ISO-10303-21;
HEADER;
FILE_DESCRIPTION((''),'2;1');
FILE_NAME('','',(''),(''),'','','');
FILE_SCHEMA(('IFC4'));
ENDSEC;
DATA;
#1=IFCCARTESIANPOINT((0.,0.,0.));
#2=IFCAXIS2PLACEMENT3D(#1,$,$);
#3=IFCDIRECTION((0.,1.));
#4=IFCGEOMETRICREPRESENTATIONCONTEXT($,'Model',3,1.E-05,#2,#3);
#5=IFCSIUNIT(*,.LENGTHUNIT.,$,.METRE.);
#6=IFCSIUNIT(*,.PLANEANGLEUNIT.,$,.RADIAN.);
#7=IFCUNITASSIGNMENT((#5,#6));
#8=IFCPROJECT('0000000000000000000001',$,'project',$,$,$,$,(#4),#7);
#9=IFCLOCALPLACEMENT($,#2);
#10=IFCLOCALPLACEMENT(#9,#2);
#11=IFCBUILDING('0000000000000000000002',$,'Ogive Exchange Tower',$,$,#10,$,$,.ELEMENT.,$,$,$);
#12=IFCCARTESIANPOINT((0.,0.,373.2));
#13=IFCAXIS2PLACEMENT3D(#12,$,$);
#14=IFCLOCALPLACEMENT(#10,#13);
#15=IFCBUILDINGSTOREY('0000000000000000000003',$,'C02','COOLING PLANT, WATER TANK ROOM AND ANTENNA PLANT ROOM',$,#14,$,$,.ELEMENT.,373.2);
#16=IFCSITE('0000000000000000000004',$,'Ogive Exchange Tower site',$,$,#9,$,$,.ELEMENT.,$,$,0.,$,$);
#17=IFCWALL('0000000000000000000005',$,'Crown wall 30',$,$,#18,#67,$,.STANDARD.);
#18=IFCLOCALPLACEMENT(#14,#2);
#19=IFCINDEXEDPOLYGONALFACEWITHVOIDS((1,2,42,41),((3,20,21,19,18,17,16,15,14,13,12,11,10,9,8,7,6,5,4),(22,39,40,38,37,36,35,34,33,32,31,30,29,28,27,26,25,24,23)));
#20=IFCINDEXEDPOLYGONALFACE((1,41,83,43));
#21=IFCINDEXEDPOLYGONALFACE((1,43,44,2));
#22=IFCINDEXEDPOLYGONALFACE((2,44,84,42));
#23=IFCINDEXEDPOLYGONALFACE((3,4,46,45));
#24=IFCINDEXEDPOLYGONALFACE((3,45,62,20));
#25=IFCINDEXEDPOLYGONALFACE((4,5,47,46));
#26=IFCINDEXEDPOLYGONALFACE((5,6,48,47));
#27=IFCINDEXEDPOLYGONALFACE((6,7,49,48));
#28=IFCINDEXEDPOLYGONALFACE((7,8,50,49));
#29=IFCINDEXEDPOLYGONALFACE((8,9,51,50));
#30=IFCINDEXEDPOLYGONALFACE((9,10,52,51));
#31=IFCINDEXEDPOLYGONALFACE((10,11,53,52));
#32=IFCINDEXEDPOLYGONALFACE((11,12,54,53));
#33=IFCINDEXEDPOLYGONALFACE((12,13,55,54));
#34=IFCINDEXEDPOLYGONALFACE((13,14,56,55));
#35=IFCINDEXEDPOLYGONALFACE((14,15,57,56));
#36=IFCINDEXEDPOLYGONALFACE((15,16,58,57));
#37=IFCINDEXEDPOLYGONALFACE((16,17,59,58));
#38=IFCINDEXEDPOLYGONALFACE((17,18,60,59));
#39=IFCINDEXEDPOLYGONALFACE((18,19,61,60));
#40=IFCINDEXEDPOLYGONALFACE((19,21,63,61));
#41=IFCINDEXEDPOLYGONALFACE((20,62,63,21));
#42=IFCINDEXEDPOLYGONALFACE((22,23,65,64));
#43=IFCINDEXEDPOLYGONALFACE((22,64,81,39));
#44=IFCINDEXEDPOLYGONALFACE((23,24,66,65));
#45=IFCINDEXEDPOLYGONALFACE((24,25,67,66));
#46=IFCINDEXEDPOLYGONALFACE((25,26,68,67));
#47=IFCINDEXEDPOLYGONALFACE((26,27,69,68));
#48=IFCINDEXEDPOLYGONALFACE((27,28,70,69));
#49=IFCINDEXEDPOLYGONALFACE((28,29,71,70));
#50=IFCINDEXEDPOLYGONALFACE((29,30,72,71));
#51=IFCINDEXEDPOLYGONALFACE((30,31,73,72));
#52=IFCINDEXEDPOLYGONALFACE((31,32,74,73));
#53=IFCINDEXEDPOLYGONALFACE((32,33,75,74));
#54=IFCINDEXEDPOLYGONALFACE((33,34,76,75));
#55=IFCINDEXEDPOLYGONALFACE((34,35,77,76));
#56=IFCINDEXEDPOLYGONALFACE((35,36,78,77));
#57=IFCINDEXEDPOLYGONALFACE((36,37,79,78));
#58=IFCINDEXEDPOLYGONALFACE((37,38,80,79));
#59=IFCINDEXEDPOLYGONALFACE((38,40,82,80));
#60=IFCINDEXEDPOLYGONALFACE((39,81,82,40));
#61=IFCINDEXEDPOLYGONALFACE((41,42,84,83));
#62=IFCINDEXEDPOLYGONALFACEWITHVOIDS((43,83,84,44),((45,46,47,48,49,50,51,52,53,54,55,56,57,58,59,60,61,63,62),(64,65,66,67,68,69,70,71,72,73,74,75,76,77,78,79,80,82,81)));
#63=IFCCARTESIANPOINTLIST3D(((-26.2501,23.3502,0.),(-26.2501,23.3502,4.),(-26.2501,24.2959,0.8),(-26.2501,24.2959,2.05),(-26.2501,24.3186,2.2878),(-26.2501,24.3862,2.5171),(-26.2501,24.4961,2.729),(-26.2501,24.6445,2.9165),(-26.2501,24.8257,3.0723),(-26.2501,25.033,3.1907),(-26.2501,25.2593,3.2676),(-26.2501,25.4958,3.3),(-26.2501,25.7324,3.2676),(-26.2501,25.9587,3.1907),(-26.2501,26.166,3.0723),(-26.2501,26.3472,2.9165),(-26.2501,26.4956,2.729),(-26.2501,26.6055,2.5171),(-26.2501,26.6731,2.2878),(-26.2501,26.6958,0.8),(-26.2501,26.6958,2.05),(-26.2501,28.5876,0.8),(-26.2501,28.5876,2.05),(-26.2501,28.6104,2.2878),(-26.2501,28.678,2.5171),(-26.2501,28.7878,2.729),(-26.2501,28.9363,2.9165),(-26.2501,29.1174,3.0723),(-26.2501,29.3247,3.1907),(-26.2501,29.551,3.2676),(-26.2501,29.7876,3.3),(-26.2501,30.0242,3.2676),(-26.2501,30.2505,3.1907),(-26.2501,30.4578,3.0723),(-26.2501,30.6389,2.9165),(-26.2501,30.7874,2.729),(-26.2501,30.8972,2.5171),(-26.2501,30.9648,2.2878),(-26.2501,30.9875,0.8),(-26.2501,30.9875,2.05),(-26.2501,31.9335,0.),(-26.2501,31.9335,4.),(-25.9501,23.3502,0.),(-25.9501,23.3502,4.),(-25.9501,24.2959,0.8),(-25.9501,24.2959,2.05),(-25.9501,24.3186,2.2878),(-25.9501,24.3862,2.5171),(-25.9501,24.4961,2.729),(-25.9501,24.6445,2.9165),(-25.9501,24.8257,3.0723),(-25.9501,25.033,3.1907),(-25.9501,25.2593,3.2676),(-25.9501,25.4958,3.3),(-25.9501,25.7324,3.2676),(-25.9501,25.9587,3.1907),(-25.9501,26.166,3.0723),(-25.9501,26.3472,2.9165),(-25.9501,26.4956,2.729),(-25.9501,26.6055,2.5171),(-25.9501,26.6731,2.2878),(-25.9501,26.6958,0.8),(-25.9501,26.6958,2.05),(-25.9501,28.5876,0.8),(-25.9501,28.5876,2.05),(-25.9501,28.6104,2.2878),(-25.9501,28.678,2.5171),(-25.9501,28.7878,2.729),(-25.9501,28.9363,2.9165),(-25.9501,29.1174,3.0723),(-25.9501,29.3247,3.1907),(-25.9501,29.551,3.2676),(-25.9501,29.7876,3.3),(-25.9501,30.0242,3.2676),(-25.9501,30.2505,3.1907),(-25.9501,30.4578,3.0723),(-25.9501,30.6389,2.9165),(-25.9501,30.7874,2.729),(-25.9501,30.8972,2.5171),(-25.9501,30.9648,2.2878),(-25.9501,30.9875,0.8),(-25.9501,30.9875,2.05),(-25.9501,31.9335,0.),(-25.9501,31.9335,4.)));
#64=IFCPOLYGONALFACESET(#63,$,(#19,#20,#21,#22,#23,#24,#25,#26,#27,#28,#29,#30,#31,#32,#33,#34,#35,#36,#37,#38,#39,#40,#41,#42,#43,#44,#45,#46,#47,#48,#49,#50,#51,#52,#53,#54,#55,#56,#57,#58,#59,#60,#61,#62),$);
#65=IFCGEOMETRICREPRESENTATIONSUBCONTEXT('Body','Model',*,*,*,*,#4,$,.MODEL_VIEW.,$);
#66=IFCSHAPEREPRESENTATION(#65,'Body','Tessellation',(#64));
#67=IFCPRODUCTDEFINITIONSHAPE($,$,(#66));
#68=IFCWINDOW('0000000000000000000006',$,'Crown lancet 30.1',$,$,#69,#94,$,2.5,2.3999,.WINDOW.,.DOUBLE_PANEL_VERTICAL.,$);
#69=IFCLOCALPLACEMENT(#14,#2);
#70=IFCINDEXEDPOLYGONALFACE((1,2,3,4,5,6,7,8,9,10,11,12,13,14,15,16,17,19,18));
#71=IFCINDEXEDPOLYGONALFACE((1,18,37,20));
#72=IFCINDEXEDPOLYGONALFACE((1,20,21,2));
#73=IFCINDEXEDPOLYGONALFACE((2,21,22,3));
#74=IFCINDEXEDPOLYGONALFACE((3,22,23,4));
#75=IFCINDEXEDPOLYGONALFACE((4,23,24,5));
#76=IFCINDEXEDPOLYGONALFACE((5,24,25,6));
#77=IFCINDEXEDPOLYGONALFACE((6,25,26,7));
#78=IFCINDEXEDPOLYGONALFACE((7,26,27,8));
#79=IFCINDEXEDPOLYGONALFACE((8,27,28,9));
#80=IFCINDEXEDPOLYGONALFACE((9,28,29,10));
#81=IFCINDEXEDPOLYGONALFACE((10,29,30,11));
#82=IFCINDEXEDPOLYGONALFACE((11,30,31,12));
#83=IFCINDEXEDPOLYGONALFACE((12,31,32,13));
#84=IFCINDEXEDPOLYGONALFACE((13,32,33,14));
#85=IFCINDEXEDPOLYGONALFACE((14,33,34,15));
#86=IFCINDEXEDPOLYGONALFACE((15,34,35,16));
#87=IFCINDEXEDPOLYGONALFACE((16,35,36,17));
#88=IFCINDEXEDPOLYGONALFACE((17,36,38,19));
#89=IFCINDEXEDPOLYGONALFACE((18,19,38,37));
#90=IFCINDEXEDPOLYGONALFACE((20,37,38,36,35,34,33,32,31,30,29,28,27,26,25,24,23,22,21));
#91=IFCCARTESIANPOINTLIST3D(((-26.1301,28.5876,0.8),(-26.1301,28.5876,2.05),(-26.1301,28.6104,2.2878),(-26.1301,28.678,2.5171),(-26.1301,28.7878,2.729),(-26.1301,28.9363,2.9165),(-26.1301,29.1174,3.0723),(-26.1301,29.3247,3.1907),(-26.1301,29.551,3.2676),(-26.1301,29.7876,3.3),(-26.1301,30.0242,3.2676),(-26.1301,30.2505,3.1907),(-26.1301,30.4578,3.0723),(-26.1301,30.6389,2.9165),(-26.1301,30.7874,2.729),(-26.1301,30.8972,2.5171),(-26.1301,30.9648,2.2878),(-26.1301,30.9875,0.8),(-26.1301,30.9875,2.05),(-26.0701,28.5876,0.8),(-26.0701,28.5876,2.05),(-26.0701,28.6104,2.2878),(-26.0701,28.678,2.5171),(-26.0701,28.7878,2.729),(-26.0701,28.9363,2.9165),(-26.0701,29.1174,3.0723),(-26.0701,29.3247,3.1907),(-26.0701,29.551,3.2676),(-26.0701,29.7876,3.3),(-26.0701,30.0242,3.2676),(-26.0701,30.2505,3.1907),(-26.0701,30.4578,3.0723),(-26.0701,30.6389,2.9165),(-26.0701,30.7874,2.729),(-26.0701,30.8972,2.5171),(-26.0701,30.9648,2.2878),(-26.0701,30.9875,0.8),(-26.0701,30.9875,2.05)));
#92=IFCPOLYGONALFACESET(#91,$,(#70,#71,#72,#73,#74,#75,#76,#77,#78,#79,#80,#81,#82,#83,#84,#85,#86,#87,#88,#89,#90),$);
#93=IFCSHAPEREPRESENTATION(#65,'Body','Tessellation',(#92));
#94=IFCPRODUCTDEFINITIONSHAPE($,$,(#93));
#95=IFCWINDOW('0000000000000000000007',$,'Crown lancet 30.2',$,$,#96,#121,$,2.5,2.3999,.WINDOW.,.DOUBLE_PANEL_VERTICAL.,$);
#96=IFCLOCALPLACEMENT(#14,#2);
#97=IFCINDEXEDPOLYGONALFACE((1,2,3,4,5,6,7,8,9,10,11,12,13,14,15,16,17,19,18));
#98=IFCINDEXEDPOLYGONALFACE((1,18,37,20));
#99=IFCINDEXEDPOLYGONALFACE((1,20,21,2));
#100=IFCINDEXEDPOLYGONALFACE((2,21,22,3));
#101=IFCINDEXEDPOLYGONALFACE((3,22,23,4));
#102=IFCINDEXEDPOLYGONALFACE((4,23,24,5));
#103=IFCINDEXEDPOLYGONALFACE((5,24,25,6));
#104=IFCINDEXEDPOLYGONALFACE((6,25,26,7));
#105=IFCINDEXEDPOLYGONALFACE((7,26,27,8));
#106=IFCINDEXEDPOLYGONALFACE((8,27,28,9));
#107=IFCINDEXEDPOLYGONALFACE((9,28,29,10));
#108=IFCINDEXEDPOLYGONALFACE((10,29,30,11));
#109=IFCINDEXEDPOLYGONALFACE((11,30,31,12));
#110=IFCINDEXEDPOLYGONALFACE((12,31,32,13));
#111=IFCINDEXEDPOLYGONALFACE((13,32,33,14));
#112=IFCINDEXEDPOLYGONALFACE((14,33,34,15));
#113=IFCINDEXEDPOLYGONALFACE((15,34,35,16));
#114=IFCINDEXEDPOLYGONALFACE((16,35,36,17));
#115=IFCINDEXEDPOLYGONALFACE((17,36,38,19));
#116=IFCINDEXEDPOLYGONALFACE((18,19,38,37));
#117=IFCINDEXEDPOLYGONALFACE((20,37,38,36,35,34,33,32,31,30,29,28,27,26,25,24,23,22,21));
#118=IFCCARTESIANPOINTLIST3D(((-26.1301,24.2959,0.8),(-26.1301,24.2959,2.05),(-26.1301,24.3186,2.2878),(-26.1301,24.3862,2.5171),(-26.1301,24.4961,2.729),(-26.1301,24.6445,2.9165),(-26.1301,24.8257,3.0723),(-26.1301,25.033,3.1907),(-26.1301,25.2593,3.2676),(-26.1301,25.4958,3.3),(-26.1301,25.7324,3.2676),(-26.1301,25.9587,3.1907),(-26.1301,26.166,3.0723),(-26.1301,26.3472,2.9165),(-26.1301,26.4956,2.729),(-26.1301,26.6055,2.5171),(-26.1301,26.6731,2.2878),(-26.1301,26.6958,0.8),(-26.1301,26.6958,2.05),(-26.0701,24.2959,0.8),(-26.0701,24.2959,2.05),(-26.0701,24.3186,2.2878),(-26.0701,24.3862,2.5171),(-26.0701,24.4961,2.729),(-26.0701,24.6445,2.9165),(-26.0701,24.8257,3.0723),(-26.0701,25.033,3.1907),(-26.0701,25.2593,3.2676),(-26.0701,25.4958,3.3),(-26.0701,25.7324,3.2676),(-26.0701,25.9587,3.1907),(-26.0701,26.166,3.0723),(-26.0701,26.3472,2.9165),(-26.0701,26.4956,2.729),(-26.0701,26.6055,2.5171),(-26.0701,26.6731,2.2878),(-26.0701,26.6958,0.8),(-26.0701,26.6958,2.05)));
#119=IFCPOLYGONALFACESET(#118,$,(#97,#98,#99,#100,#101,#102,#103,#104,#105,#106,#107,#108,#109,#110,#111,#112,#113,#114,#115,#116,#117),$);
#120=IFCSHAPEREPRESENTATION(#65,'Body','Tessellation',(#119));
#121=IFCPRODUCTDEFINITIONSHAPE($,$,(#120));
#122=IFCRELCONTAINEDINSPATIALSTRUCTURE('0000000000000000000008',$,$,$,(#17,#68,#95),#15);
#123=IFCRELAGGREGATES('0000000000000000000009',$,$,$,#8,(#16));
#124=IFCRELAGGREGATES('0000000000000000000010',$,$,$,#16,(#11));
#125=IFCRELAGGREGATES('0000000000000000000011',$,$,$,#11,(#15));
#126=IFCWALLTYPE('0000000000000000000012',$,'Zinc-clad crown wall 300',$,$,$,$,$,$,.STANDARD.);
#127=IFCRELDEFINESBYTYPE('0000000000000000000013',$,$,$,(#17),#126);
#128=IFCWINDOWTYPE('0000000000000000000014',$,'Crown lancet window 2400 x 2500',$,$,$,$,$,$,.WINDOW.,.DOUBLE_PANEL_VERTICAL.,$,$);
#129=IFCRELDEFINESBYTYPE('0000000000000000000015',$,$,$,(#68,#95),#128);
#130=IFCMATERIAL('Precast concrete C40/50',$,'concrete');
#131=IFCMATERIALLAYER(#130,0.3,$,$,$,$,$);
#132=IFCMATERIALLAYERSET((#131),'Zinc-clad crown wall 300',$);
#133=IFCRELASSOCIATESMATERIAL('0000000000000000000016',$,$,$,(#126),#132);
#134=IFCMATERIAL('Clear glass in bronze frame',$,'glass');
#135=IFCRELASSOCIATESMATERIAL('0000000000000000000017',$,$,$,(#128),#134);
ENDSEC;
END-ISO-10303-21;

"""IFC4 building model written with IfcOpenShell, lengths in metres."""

from ifc_helpers import new_model, si_unit, direction, frame, frame_2d, origin, place, context, subcontext, project, spatial, polyline, rectangle, outline, extrude, material, layer, layer_set, type_object, element, fill, save


model = new_model("IFC4")

# Units and contexts
model_context = context("Model", 3, precision=1e-05, world=origin(), true_north=direction((0.0, 1.0)))
body_context = subcontext(model_context, "Body", "Model", "MODEL_VIEW")
ifc_project = project(units=[si_unit("LENGTHUNIT", "METRE"), si_unit("PLANEANGLEUNIT", "RADIAN")], contexts=[model_context])

# Site, building, storey
site_placement = place(None, origin())
site = spatial("IfcSite", under=ifc_project, at=site_placement, Name="Ogive Exchange Tower site", CompositionType="ELEMENT", RefElevation=0.0)
building_placement = place(site_placement, origin())
building = spatial("IfcBuilding", under=site, at=building_placement, Name="Ogive Exchange Tower", CompositionType="ELEMENT")
storey_placement = place(building_placement, frame((0.0, 0.0, 373.2)))
storey = spatial("IfcBuildingStorey", under=building, at=storey_placement, Name="C02", Description="COOLING PLANT, WATER TANK ROOM AND ANTENNA PLANT ROOM", CompositionType="ELEMENT", Elevation=373.2)

# Shared definitions
ifc_material_1 = material(Name="Precast concrete C40/50", Category="concrete")

# Wall, openings, windows
ifc_layer_1 = layer(ifc_material_1, 0.3)
ifc_layer_set_1 = layer_set([ifc_layer_1], Name="Zinc-clad crown wall 300")
wall_type_1 = type_object("IfcWallType", Name="Zinc-clad crown wall 300", PredefinedType="STANDARD", material=ifc_layer_set_1)
ifc_material_2 = material(Name="Clear glass in bronze frame", Category="glass")
window_type = type_object("IfcWindowType", Name="Crown lancet window 2400 x 2500", PartitioningType="DOUBLE_PANEL_VERTICAL", PredefinedType="WINDOW", material=ifc_material_2)
wall_1_placement = place(storey_placement, frame((-26.1001, 31.9333, 0.0), z_axis=(0.0, 0.0, 1.0), x_axis=(0.0, -1.0, 0.0)))
wall_1 = element("IfcWall", 1, at=wall_1_placement, inside=storey, type_object=wall_type_1, Name="Crown wall 30", PredefinedType="STANDARD", context=body_context, shape_type="SweptSolid", body=[
    extrude(rectangle(XDim=8.5833, YDim=0.3, at=frame_2d((4.2915, 0.0))), origin(), (0.0, 0.0, 1.0), 4.0),
])
opening_1_placement = place(wall_1_placement, frame((0.9458, 0.0, 0.8)))
opening_1 = element("IfcOpeningElement", 2, at=opening_1_placement, cuts=wall_1, PredefinedType="OPENING", context=body_context, shape_type="SweptSolid", body=[
    extrude(outline(polyline([(0.0, 0.0), (2.3999, 0.0), (2.3999, 1.25), (2.3772, 1.4878), (2.3096, 1.717), (2.1997, 1.929), (2.0513, 2.1165), (1.8701, 2.2722), (1.6628, 2.3906), (1.4365, 2.4675), (1.2, 2.5), (0.9634, 2.4675), (0.7371, 2.3906), (0.5298, 2.2722), (0.3486, 2.1165), (0.2002, 1.929), (0.0903, 1.717), (0.0227, 1.4878), (0.0, 1.25), (0.0, 0.0)])), frame((0.0, 0.1599, 0.0), z_axis=(0.0, -1.0, 0.0), x_axis=(1.0, 0.0, 0.0)), (0.0, 0.0, 1.0), 0.3201),
])
opening_2_placement = place(wall_1_placement, frame((5.2375, 0.0, 0.8)))
opening_2 = element("IfcOpeningElement", 3, at=opening_2_placement, cuts=wall_1, PredefinedType="OPENING", context=body_context, shape_type="SweptSolid", body=[
    extrude(outline(polyline([(0.0, 0.0), (2.3999, 0.0), (2.3999, 1.25), (2.3772, 1.4878), (2.3096, 1.717), (2.1997, 1.929), (2.0513, 2.1165), (1.8701, 2.2722), (1.6628, 2.3906), (1.4365, 2.4675), (1.2, 2.5), (0.9634, 2.4675), (0.7371, 2.3906), (0.5298, 2.2722), (0.3486, 2.1165), (0.2002, 1.929), (0.0903, 1.717), (0.0227, 1.4878), (0.0, 1.25), (0.0, 0.0)])), frame((0.0, 0.1599, 0.0), z_axis=(0.0, -1.0, 0.0), x_axis=(1.0, 0.0, 0.0)), (0.0, 0.0, 1.0), 0.3201),
])
window_1_placement = place(opening_1_placement, origin())
window_1 = element("IfcWindow", 4, at=window_1_placement, inside=storey, type_object=window_type, Name="Crown lancet 30.1", OverallHeight=2.5, OverallWidth=2.3999, PartitioningType="DOUBLE_PANEL_VERTICAL", PredefinedType="WINDOW", context=body_context, shape_type="SweptSolid", body=[
    extrude(outline(polyline([(0.0, 0.0), (2.3999, 0.0), (2.3999, 1.25), (2.3772, 1.4878), (2.3096, 1.717), (2.1997, 1.929), (2.0513, 2.1165), (1.8701, 2.2722), (1.6628, 2.3906), (1.4365, 2.4675), (1.2, 2.5), (0.9634, 2.4675), (0.7371, 2.3906), (0.5298, 2.2722), (0.3486, 2.1165), (0.2002, 1.929), (0.0903, 1.717), (0.0227, 1.4878), (0.0, 1.25), (0.0, 0.0)])), frame((0.0, 0.03, 0.0), z_axis=(0.0, -1.0, 0.0), x_axis=(1.0, 0.0, 0.0)), (0.0, 0.0, 1.0), 0.0601),
])
fill(opening_1, window_1)
window_2_placement = place(opening_2_placement, origin())
window_2 = element("IfcWindow", 5, at=window_2_placement, inside=storey, type_object=window_type, Name="Crown lancet 30.2", OverallHeight=2.5, OverallWidth=2.3999, PartitioningType="DOUBLE_PANEL_VERTICAL", PredefinedType="WINDOW", context=body_context, shape_type="SweptSolid", body=[
    extrude(outline(polyline([(0.0, 0.0), (2.3999, 0.0), (2.3999, 1.25), (2.3772, 1.4878), (2.3096, 1.717), (2.1997, 1.929), (2.0513, 2.1165), (1.8701, 2.2722), (1.6628, 2.3906), (1.4365, 2.4675), (1.2, 2.5), (0.9634, 2.4675), (0.7371, 2.3906), (0.5298, 2.2722), (0.3486, 2.1165), (0.2002, 1.929), (0.0903, 1.717), (0.0227, 1.4878), (0.0, 1.25), (0.0, 0.0)])), frame((0.0, 0.03, 0.0), z_axis=(0.0, -1.0, 0.0), x_axis=(1.0, 0.0, 0.0)), (0.0, 0.0, 1.0), 0.0601),
])
fill(opening_2, window_2)

save(model, "model.ifc")
